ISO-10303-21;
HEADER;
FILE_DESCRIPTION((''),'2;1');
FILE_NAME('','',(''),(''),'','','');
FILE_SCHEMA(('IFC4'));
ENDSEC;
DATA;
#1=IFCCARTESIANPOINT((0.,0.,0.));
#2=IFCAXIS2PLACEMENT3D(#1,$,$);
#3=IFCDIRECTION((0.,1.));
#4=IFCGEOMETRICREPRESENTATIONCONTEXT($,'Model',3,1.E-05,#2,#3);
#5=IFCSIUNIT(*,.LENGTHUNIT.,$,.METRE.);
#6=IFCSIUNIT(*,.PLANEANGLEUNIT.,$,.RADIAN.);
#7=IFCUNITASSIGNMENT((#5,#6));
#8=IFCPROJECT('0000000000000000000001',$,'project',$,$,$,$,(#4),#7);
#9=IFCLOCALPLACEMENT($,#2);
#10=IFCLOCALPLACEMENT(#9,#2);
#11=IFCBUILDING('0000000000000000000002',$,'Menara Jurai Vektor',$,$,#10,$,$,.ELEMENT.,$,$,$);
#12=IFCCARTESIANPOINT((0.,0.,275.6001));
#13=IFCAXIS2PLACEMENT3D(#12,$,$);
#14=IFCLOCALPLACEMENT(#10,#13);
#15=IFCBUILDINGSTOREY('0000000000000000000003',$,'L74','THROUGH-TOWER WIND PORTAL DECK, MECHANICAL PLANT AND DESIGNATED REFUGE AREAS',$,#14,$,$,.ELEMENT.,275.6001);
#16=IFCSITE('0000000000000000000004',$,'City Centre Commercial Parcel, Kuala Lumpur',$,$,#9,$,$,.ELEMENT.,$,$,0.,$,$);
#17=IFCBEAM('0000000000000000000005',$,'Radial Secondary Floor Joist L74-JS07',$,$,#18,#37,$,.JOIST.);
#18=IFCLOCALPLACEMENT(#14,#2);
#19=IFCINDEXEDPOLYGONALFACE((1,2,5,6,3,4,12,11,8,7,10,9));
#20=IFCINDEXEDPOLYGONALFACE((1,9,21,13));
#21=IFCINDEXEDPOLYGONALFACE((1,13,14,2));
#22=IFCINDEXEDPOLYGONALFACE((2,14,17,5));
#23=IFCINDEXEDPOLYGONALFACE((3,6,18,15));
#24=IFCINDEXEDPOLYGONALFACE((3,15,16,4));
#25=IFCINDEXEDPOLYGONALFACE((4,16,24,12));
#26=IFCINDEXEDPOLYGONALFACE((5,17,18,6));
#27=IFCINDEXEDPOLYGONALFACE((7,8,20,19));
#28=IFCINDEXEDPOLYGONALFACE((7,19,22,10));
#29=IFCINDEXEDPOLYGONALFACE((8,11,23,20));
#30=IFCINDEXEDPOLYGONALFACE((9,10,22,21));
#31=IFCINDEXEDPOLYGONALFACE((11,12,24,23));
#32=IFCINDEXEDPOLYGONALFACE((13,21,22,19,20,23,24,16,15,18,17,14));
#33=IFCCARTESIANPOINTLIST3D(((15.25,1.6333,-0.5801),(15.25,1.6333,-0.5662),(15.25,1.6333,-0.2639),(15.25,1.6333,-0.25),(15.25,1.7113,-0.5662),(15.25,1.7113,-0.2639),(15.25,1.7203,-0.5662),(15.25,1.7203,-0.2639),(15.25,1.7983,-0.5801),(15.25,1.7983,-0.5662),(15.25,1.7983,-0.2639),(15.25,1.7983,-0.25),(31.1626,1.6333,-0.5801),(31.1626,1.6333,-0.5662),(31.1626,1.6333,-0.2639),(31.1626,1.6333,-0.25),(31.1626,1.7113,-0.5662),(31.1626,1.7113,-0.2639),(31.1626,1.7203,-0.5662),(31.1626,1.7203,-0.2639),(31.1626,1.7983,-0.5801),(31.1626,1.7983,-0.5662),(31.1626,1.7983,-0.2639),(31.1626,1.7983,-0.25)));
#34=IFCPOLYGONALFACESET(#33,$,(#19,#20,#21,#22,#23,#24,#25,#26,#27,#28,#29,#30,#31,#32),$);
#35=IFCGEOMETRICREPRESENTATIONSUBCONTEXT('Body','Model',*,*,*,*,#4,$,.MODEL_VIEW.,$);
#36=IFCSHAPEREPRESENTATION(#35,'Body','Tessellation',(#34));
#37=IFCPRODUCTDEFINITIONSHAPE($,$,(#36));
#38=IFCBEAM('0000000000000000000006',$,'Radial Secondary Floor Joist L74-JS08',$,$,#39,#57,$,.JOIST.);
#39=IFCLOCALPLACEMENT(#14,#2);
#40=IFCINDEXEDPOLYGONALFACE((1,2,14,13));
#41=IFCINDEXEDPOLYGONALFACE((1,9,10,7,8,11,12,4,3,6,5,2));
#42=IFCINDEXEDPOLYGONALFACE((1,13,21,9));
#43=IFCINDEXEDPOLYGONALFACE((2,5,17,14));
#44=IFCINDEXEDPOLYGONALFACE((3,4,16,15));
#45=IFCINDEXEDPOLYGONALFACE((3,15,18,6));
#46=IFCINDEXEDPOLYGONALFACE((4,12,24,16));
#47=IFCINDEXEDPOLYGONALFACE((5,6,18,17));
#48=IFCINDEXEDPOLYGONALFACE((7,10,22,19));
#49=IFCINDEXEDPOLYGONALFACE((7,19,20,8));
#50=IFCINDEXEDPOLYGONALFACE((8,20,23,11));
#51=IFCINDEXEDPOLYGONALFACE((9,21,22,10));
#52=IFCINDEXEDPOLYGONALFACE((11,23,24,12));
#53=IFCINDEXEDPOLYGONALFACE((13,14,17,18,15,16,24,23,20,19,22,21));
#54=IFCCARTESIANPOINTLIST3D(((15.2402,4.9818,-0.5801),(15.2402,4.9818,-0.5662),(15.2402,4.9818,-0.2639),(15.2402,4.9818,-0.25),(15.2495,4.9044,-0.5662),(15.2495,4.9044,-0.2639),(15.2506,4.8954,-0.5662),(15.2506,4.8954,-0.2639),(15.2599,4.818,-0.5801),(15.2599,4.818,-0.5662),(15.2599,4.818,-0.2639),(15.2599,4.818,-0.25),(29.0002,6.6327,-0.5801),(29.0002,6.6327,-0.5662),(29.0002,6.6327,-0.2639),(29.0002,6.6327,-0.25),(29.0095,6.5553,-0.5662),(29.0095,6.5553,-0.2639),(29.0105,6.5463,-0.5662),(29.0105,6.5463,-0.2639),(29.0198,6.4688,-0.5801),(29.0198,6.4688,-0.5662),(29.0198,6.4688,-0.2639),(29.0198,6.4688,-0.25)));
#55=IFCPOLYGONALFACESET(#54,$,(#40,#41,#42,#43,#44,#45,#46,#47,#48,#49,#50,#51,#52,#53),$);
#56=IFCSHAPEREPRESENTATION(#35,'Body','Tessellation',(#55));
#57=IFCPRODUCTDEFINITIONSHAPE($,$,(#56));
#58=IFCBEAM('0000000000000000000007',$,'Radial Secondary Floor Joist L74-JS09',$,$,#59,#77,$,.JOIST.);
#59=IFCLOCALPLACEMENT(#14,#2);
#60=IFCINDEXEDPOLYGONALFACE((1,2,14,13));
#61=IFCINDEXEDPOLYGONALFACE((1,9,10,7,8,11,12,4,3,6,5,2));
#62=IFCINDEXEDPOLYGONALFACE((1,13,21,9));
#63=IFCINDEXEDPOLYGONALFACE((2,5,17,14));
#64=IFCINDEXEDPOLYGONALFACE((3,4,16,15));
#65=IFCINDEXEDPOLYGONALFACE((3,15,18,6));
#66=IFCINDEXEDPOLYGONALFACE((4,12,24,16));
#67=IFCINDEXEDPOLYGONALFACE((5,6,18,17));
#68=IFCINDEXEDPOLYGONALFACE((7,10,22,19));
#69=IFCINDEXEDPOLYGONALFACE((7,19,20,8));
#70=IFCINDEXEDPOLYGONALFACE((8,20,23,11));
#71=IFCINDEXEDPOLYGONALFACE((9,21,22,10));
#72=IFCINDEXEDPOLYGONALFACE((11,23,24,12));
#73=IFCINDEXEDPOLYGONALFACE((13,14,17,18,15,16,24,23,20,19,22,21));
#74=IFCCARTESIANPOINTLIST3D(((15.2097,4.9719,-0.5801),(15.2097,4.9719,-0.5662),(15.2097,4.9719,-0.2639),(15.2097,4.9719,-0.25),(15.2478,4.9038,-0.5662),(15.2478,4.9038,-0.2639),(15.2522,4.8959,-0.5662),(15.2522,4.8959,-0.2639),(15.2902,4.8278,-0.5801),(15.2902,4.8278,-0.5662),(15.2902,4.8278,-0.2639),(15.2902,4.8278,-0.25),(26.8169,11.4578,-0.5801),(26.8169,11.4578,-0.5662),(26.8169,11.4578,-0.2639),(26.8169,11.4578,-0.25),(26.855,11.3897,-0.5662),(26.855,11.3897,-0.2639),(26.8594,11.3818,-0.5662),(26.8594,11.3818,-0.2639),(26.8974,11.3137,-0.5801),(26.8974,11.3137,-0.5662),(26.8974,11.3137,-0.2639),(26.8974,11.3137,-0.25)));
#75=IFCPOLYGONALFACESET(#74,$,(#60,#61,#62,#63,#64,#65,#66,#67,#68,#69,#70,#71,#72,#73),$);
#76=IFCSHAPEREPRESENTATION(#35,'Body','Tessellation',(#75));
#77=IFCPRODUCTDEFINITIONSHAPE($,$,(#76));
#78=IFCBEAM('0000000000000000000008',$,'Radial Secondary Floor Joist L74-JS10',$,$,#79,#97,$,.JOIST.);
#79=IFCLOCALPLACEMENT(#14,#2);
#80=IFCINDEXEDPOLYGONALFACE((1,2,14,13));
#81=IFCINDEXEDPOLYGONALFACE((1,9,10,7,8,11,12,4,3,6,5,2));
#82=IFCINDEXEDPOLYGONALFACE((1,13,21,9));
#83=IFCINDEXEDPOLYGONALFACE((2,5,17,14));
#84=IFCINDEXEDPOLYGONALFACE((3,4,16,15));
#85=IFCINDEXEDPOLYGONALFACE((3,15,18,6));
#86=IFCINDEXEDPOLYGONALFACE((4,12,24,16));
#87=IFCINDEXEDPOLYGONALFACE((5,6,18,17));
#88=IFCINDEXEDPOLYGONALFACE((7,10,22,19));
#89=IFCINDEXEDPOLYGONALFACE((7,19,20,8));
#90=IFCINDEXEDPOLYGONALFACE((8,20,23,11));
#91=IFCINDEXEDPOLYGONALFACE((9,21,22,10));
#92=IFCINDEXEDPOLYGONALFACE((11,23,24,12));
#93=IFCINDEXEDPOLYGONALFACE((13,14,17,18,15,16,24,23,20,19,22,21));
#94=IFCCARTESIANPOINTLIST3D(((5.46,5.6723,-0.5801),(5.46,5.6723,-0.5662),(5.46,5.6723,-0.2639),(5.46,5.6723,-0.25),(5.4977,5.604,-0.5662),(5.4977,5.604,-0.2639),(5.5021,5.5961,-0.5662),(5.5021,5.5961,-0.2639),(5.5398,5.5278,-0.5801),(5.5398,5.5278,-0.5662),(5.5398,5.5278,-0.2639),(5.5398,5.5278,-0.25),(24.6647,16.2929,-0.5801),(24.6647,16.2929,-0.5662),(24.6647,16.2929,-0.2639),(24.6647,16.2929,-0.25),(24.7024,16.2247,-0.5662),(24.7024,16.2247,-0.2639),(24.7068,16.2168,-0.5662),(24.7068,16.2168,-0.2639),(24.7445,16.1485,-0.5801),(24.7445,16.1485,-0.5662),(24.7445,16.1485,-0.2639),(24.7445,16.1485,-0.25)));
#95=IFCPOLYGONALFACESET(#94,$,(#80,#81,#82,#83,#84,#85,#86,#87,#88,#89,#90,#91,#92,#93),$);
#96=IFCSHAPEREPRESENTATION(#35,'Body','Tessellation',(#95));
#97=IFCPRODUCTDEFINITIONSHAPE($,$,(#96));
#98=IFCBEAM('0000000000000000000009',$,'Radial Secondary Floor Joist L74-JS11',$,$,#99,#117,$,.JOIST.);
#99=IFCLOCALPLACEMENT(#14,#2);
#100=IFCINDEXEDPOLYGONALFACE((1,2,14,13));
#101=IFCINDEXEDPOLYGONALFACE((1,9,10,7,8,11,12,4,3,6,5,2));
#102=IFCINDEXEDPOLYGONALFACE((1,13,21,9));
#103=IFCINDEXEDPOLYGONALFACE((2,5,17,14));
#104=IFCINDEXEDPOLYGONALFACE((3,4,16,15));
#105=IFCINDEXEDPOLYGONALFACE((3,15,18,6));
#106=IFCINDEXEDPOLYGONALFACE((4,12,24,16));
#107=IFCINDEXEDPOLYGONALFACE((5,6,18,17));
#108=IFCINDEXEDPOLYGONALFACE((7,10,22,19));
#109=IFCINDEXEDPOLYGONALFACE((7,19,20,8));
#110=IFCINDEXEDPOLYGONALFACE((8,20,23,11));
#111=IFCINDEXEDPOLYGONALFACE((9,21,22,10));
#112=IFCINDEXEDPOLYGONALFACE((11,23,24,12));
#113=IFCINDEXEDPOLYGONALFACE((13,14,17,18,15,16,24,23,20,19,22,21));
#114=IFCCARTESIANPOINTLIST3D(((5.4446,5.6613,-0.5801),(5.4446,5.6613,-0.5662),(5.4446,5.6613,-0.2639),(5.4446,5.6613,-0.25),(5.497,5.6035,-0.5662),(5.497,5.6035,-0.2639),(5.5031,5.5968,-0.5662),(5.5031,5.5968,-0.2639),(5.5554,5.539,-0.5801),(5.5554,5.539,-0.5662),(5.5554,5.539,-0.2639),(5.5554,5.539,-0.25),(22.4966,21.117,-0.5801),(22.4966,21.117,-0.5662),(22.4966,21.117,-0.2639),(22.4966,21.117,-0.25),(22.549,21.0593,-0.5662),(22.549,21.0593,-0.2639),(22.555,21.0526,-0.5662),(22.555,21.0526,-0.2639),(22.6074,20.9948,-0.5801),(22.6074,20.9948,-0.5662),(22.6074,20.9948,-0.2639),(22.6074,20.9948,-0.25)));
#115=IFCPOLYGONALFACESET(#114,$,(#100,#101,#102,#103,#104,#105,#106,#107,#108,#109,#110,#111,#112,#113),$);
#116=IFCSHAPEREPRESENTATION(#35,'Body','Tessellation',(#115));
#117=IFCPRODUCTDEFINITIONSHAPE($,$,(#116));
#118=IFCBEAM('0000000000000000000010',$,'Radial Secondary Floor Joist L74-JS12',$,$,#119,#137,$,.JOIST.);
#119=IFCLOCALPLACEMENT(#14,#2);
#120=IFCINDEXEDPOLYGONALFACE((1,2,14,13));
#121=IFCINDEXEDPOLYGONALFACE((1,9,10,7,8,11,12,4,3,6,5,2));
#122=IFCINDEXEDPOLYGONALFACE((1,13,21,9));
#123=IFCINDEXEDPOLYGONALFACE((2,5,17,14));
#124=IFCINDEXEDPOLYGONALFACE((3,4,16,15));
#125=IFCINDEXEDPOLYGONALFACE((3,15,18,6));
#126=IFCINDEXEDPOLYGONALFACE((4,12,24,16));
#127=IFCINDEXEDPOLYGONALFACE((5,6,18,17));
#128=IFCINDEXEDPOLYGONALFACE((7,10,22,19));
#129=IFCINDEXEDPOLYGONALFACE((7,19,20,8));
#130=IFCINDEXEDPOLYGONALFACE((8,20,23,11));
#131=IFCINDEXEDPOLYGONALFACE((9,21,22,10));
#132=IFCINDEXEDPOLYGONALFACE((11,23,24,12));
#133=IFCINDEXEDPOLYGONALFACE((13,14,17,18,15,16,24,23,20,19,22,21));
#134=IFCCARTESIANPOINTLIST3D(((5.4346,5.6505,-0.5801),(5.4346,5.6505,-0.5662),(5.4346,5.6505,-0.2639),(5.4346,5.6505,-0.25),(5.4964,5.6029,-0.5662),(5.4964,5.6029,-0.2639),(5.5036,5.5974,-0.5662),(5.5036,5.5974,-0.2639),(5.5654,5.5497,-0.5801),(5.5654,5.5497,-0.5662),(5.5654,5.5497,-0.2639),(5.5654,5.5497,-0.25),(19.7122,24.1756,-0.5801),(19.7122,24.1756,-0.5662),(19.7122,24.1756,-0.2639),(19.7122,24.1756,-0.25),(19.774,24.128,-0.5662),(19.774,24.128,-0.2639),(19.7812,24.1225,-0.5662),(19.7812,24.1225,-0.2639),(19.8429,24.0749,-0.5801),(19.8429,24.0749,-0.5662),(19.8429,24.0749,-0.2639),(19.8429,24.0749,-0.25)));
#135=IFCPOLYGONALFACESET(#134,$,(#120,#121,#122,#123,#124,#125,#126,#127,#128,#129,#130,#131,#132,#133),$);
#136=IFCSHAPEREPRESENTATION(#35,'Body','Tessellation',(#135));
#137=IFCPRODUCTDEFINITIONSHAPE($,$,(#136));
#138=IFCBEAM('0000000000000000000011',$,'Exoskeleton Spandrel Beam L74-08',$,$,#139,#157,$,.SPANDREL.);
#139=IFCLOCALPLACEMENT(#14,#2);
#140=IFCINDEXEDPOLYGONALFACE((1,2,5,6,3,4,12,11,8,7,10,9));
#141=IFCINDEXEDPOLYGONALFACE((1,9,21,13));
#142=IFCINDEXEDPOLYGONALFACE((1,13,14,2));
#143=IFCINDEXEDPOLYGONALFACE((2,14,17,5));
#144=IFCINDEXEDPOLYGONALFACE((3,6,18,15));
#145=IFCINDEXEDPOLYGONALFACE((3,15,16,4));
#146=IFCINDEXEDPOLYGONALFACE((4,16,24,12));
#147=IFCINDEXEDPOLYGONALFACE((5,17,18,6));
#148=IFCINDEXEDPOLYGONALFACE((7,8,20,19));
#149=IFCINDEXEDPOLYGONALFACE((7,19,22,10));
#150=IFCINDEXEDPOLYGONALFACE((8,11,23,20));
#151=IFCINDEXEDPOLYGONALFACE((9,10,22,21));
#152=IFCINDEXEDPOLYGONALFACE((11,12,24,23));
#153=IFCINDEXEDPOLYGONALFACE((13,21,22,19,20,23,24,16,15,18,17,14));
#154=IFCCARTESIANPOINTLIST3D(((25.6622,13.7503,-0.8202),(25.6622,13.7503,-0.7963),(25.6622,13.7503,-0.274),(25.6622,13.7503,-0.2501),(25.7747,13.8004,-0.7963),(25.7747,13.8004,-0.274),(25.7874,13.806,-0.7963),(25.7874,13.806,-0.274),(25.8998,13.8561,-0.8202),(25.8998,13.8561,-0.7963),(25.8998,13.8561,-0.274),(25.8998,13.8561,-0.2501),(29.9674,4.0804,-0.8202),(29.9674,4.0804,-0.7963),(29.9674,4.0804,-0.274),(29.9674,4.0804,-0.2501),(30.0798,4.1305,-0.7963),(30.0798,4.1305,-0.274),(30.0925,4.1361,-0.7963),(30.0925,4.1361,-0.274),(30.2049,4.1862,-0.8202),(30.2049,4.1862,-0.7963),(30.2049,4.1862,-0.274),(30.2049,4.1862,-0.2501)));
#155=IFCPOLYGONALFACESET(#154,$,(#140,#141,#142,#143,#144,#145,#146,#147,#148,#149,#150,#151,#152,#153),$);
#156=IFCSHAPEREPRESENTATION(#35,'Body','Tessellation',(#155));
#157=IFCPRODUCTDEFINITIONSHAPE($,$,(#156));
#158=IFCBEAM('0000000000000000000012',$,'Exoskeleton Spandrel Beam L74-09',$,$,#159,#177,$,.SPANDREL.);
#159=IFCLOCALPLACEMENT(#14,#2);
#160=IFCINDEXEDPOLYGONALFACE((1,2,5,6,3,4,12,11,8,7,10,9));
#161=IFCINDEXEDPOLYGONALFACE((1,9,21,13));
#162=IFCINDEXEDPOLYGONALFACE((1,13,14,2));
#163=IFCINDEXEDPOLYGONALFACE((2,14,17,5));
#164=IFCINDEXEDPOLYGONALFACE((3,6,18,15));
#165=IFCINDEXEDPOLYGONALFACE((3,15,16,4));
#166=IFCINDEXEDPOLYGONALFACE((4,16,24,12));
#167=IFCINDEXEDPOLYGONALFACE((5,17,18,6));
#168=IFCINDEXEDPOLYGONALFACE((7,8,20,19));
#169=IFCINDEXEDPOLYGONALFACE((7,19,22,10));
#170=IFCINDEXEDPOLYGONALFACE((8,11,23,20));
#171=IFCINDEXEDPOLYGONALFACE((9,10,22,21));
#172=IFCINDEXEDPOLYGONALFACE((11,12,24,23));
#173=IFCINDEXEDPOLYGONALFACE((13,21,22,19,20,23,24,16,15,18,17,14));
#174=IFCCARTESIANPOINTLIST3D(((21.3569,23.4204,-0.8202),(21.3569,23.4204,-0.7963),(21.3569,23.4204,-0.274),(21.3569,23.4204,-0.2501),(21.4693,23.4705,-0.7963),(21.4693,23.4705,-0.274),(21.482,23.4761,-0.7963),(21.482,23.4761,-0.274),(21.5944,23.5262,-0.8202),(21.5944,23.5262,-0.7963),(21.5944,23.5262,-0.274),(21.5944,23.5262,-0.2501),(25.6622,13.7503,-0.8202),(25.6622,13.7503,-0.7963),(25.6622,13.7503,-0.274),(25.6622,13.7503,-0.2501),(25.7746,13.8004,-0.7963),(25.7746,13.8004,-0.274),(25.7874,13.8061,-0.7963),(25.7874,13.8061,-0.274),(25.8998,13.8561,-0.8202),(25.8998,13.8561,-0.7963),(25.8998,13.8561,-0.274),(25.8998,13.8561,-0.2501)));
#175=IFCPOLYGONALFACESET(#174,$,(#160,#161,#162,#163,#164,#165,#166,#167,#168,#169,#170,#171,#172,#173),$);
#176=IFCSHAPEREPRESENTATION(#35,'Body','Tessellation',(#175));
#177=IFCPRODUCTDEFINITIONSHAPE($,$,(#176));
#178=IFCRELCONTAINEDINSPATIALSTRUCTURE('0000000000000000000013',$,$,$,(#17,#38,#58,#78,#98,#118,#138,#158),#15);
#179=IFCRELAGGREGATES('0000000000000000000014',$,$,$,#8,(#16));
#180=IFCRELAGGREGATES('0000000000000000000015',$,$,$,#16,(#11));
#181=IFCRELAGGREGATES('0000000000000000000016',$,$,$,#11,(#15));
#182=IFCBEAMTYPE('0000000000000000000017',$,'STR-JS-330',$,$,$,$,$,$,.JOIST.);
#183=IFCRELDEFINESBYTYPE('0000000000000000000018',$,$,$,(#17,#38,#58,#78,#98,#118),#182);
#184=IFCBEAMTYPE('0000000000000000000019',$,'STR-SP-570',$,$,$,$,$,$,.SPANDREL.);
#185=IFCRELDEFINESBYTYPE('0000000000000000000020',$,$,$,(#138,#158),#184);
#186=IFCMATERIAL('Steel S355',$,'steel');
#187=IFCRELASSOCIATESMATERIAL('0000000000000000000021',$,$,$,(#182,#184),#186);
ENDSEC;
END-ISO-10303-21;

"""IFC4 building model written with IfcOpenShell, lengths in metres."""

from ifc_helpers import new_model, si_unit, direction, frame, origin, origin_2d, place, context, subcontext, project, spatial, i_section, extrude, material, material_profile, profile_set, type_object, element, save


model = new_model("IFC4")

# Units and contexts
model_context = context("Model", 3, precision=1e-05, world=origin(), true_north=direction((0.0, 1.0)))
body_context = subcontext(model_context, "Body", "Model", "MODEL_VIEW")
ifc_project = project(units=[si_unit("LENGTHUNIT", "METRE"), si_unit("PLANEANGLEUNIT", "RADIAN")], contexts=[model_context])

# Site, building, storey
site_placement = place(None, origin())
site = spatial("IfcSite", under=ifc_project, at=site_placement, Name="City Centre Commercial Parcel, Kuala Lumpur", CompositionType="ELEMENT", RefElevation=0.0)
building_placement = place(site_placement, origin())
building = spatial("IfcBuilding", under=site, at=building_placement, Name="Menara Jurai Vektor", CompositionType="ELEMENT")
storey_placement = place(building_placement, frame((0.0, 0.0, 275.6001)))
storey = spatial("IfcBuildingStorey", under=building, at=storey_placement, Name="L74", Description="THROUGH-TOWER WIND PORTAL DECK, MECHANICAL PLANT AND DESIGNATED REFUGE AREAS", CompositionType="ELEMENT", Elevation=275.6001)

# Shared definitions
ifc_material_1 = material(Name="Steel S355", Category="steel")

# Beams
ifc_material_profile_1 = material_profile(ifc_material_1, i_section(OverallWidth=0.165, OverallDepth=0.3301, WebThickness=0.009, FlangeThickness=0.0139, at=origin_2d()), Name="PG 330x165x46")
ifc_profile_set_1 = profile_set([ifc_material_profile_1], Name="Steel S355")
beam_type_1 = type_object("IfcBeamType", Name="STR-JS-330", PredefinedType="JOIST", material=ifc_profile_set_1)
beam_1_placement = place(storey_placement, frame((31.1626, 1.7158, -0.415), z_axis=(-1.0, 0.0, 0.0), x_axis=(0.0, -1.0, 0.0)))
element("IfcBeam", 1, at=beam_1_placement, inside=storey, type_object=beam_type_1, Name="Radial Secondary Floor Joist L74-JS07", PredefinedType="JOIST", context=body_context, shape_type="SweptSolid", body=[
    extrude(i_section(OverallWidth=0.165, OverallDepth=0.3301, WebThickness=0.009, FlangeThickness=0.0139, at=origin_2d()), origin(), (0.0, 0.0, 1.0), 15.9126),
])
beam_2_placement = place(storey_placement, frame((29.01, 6.5508, -0.415), z_axis=(-0.99288, -0.119122, 0.0), x_axis=(0.119122, -0.99288, 0.0)))
element("IfcBeam", 2, at=beam_2_placement, inside=storey, type_object=beam_type_1, Name="Radial Secondary Floor Joist L74-JS08", PredefinedType="JOIST", context=body_context, shape_type="SweptSolid", body=[
    extrude(i_section(OverallWidth=0.165, OverallDepth=0.3301, WebThickness=0.009, FlangeThickness=0.0139, at=origin_2d()), origin(), (0.0, 0.0, 1.0), 13.8586),
])
beam_3_placement = place(storey_placement, frame((26.8572, 11.3857, -0.415), z_axis=(-0.87296, -0.487791, 0.0), x_axis=(0.487791, -0.87296, 0.0)))
element("IfcBeam", 3, at=beam_3_placement, inside=storey, type_object=beam_type_1, Name="Radial Secondary Floor Joist L74-JS09", PredefinedType="JOIST", context=body_context, shape_type="SweptSolid", body=[
    extrude(i_section(OverallWidth=0.165, OverallDepth=0.3301, WebThickness=0.009, FlangeThickness=0.0139, at=origin_2d()), origin(), (0.0, 0.0, 1.0), 13.2964),
])
beam_4_placement = place(storey_placement, frame((24.7046, 16.2207, -0.415), z_axis=(-0.875096, -0.483949, 0.0), x_axis=(0.483949, -0.875096, 0.0)))
element("IfcBeam", 4, at=beam_4_placement, inside=storey, type_object=beam_type_1, Name="Radial Secondary Floor Joist L74-JS10", PredefinedType="JOIST", context=body_context, shape_type="SweptSolid", body=[
    extrude(i_section(OverallWidth=0.165, OverallDepth=0.3301, WebThickness=0.009, FlangeThickness=0.0139, at=origin_2d()), origin(), (0.0, 0.0, 1.0), 21.9458),
])
beam_5_placement = place(storey_placement, frame((22.552, 21.0559, -0.415), z_axis=(-0.740934, -0.671577, 0.0), x_axis=(0.671577, -0.740934, 0.0)))
element("IfcBeam", 5, at=beam_5_placement, inside=storey, type_object=beam_type_1, Name="Radial Secondary Floor Joist L74-JS11", PredefinedType="JOIST", context=body_context, shape_type="SweptSolid", body=[
    extrude(i_section(OverallWidth=0.165, OverallDepth=0.3301, WebThickness=0.009, FlangeThickness=0.0139, at=origin_2d()), origin(), (0.0, 0.0, 1.0), 23.0142),
])
beam_6_placement = place(storey_placement, frame((19.7776, 24.1252, -0.415), z_axis=(-0.610449, -0.792056, 0.0), x_axis=(0.792056, -0.610449, 0.0)))
element("IfcBeam", 6, at=beam_6_placement, inside=storey, type_object=beam_type_1, Name="Radial Secondary Floor Joist L74-JS12", PredefinedType="JOIST", context=body_context, shape_type="SweptSolid", body=[
    extrude(i_section(OverallWidth=0.165, OverallDepth=0.3301, WebThickness=0.009, FlangeThickness=0.0139, at=origin_2d()), origin(), (0.0, 0.0, 1.0), 23.3887),
])
ifc_material_profile_2 = material_profile(ifc_material_1, i_section(OverallWidth=0.26, OverallDepth=0.5701, WebThickness=0.0139, FlangeThickness=0.0239, at=origin_2d()), Name="PG 570x260x145")
ifc_profile_set_2 = profile_set([ifc_material_profile_2], Name="Steel S355")
beam_type_2 = type_object("IfcBeamType", Name="STR-SP-570", PredefinedType="SPANDREL", material=ifc_profile_set_2)
beam_7_placement = place(storey_placement, frame((30.0862, 4.1333, -0.5352), z_axis=(-0.406725, 0.913551, 0.0), x_axis=(-0.913551, -0.406725, 0.0)))
element("IfcBeam", 7, at=beam_7_placement, inside=storey, type_object=beam_type_2, Name="Exoskeleton Spandrel Beam L74-08", PredefinedType="SPANDREL", context=body_context, shape_type="SweptSolid", body=[
    extrude(i_section(OverallWidth=0.26, OverallDepth=0.5701, WebThickness=0.0139, FlangeThickness=0.0239, at=origin_2d()), origin(), (0.0, 0.0, 1.0), 10.585),
])
beam_8_placement = place(storey_placement, frame((25.781, 13.8032, -0.5352), z_axis=(-0.406735, 0.913546, 0.0), x_axis=(-0.913546, -0.406735, 0.0)))
element("IfcBeam", 8, at=beam_8_placement, inside=storey, type_object=beam_type_2, Name="Exoskeleton Spandrel Beam L74-09", PredefinedType="SPANDREL", context=body_context, shape_type="SweptSolid", body=[
    extrude(i_section(OverallWidth=0.26, OverallDepth=0.5701, WebThickness=0.0139, FlangeThickness=0.0239, at=origin_2d()), origin(), (0.0, 0.0, 1.0), 10.5852),
])

save(model, "model.ifc")
